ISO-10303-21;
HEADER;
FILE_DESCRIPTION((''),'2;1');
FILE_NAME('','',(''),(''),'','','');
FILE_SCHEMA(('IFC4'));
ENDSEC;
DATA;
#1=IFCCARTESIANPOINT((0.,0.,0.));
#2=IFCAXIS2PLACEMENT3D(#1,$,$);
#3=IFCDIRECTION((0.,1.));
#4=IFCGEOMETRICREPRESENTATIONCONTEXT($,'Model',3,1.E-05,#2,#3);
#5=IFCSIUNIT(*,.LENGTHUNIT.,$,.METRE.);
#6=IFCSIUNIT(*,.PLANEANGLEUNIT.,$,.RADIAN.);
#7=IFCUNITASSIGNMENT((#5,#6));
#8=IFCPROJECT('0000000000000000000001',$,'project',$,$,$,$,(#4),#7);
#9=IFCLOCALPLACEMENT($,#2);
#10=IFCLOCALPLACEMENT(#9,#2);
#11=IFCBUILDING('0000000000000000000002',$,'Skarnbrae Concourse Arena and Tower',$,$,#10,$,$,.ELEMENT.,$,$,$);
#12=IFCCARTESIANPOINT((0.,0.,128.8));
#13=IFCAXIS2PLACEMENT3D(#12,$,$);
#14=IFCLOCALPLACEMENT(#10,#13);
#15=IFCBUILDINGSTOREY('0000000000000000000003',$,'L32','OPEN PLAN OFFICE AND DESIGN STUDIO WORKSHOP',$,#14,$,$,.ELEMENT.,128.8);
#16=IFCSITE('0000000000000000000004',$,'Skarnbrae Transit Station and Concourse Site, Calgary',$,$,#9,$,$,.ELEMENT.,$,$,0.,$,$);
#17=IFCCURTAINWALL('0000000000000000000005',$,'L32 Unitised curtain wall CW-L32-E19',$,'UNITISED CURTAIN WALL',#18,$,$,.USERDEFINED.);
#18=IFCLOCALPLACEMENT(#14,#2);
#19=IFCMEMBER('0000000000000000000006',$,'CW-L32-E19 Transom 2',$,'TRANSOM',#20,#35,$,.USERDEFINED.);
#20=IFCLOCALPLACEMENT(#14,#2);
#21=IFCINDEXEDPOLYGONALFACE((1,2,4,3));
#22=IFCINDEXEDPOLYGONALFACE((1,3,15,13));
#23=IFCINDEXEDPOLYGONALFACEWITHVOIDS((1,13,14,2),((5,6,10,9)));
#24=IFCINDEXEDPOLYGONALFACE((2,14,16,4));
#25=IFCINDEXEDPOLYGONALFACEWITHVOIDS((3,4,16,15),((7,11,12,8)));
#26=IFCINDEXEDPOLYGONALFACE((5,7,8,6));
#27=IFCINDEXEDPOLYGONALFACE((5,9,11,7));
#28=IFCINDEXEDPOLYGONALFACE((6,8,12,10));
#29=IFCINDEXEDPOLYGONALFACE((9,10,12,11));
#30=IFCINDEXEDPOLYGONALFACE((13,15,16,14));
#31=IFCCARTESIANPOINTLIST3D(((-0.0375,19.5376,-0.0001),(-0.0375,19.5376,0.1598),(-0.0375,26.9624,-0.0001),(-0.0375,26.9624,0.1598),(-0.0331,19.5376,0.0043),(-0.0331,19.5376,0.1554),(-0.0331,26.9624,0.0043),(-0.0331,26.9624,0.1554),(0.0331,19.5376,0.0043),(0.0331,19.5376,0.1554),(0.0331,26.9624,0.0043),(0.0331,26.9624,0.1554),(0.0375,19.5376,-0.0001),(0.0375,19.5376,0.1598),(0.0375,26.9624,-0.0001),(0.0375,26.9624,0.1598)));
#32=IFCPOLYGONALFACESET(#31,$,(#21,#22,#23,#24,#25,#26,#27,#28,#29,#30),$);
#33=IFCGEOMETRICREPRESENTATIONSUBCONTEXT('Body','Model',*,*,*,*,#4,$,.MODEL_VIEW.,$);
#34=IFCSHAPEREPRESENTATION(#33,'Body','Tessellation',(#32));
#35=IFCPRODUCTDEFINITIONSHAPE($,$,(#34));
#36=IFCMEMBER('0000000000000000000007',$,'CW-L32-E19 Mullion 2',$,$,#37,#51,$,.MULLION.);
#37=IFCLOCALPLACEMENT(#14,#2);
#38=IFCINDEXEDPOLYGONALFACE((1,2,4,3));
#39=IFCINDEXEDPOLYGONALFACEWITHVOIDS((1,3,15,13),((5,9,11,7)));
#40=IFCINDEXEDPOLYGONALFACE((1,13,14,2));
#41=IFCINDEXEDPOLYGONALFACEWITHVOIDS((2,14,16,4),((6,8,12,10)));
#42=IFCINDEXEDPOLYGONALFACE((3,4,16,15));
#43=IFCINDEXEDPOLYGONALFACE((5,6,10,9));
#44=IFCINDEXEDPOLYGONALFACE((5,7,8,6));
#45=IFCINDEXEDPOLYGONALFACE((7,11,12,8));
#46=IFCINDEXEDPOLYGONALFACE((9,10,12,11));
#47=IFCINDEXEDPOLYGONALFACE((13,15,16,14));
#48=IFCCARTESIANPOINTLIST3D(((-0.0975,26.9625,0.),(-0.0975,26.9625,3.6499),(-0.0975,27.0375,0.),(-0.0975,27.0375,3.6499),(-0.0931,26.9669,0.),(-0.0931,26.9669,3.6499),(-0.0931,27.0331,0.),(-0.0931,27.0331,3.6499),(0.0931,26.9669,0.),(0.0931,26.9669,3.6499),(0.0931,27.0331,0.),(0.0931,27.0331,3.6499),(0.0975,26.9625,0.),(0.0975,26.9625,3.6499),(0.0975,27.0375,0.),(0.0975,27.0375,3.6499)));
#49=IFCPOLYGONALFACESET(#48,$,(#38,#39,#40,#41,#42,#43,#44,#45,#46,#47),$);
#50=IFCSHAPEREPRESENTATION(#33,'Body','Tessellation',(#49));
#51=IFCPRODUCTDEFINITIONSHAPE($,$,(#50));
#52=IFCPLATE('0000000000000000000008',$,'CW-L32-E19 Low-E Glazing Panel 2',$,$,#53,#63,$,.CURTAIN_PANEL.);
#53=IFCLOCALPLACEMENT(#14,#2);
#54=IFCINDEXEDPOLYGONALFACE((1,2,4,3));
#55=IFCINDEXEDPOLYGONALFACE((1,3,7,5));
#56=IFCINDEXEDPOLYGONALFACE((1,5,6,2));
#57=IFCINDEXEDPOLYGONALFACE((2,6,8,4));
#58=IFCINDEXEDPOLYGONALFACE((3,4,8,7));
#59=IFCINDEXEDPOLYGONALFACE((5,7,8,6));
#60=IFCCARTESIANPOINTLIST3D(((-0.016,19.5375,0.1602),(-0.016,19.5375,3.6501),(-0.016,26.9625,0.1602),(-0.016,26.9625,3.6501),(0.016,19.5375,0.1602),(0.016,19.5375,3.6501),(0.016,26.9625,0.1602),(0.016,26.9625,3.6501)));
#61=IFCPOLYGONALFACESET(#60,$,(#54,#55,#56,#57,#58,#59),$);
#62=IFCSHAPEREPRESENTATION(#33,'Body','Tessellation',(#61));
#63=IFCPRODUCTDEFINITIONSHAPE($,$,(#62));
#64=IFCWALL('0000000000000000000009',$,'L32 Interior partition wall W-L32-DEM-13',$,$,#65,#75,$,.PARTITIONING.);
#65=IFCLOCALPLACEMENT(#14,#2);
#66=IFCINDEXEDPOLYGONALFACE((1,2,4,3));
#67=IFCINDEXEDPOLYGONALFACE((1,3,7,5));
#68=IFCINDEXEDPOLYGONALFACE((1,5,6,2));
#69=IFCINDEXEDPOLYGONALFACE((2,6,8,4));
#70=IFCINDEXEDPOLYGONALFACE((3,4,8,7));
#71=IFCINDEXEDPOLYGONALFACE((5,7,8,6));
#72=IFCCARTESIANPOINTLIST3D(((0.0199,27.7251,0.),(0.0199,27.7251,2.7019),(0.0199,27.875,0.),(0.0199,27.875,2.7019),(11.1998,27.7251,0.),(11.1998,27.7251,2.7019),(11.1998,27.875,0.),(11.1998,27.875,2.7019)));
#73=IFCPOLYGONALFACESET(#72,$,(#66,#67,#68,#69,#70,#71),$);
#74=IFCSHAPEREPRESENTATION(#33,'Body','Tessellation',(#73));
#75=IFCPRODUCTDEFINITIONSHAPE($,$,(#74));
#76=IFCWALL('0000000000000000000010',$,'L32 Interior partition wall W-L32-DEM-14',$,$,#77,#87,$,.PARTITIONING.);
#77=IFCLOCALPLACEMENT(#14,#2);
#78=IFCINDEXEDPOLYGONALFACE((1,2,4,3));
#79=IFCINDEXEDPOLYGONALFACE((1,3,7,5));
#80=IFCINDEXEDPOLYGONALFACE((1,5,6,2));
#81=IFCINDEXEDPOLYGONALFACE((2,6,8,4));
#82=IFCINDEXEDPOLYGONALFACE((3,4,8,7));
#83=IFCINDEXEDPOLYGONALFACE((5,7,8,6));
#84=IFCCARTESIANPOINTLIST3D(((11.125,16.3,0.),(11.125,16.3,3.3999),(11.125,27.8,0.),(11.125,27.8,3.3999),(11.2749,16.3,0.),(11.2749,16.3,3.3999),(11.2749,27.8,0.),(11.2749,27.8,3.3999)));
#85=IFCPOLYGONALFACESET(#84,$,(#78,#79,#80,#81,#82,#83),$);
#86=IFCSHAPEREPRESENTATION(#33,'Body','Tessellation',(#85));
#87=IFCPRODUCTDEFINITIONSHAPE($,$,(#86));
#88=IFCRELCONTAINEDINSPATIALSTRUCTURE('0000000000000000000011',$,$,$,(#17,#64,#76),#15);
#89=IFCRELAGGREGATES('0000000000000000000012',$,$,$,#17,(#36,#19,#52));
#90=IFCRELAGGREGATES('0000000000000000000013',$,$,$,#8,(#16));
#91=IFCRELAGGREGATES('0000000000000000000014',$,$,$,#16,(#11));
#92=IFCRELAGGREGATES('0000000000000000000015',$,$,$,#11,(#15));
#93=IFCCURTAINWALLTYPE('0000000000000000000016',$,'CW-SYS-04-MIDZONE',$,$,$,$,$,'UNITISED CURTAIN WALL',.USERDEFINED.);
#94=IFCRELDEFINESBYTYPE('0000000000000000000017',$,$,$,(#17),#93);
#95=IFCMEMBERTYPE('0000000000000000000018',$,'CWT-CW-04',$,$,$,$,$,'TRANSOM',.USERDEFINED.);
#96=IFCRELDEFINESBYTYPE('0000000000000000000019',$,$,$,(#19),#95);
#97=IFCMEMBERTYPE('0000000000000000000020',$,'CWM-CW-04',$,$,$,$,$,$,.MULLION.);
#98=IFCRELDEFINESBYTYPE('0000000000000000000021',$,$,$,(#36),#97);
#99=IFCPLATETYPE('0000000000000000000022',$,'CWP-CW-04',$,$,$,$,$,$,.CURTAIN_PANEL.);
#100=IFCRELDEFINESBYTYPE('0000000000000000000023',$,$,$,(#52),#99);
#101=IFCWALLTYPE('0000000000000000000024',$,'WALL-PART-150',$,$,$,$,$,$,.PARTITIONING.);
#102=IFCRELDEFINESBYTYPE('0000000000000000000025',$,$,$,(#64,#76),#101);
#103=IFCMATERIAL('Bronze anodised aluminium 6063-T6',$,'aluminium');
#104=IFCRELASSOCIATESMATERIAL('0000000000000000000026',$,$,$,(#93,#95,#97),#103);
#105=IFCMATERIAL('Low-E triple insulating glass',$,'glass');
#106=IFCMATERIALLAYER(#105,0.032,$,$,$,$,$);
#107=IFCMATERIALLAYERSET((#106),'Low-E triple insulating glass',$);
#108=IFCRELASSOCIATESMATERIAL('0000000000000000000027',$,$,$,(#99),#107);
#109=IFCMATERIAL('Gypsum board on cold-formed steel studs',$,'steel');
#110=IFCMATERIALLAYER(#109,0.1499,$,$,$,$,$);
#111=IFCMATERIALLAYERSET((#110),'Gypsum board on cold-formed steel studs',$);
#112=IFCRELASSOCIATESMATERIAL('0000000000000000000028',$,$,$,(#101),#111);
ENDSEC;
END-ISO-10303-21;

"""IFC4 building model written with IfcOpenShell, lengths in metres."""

from ifc_helpers import new_model, si_unit, direction, frame, frame_2d, origin, origin_2d, place, context, subcontext, project, spatial, rectangle, hollow_rectangle, extrude, source, transform, mapped, material, layer, layer_set, material_profile, profile_set, type_object, element, aggregate, save


model = new_model("IFC4")

# Units and contexts
model_context = context("Model", 3, precision=1e-05, world=origin(), true_north=direction((0.0, 1.0)))
body_context = subcontext(model_context, "Body", "Model", "MODEL_VIEW")
ifc_project = project(units=[si_unit("LENGTHUNIT", "METRE"), si_unit("PLANEANGLEUNIT", "RADIAN")], contexts=[model_context])

# Site, building, storey
site_placement = place(None, origin())
site = spatial("IfcSite", under=ifc_project, at=site_placement, Name="Skarnbrae Transit Station and Concourse Site, Calgary", CompositionType="ELEMENT", RefElevation=0.0)
building_placement = place(site_placement, origin())
building = spatial("IfcBuilding", under=site, at=building_placement, Name="Skarnbrae Concourse Arena and Tower", CompositionType="ELEMENT")
storey_placement = place(building_placement, frame((0.0, 0.0, 128.8)))
storey = spatial("IfcBuildingStorey", under=building, at=storey_placement, Name="L32", Description="OPEN PLAN OFFICE AND DESIGN STUDIO WORKSHOP", CompositionType="ELEMENT", Elevation=128.8)

# Curtain wall, members, plate
ifc_material_1 = material(Name="Bronze anodised aluminium 6063-T6", Category="aluminium")
curtain_wall_type = type_object("IfcCurtainWallType", Name="CW-SYS-04-MIDZONE", ElementType="UNITISED CURTAIN WALL", PredefinedType="USERDEFINED", material=ifc_material_1)
curtain_wall_placement = place(storey_placement, origin())
curtain_wall = element("IfcCurtainWall", 1, at=curtain_wall_placement, inside=storey, type_object=curtain_wall_type, Name="L32 Unitised curtain wall CW-L32-E19", ObjectType="UNITISED CURTAIN WALL", PredefinedType="USERDEFINED")
ifc_material_profile_1 = material_profile(ifc_material_1, hollow_rectangle(XDim=0.075, YDim=0.1599, WallThickness=0.0044, at=origin_2d()), Name="ALU-TRAN-75X160")
ifc_profile_set_1 = profile_set([ifc_material_profile_1], Name="Bronze anodised aluminium 6063-T6")
member_type_1 = type_object("IfcMemberType", Name="CWT-CW-04", ElementType="TRANSOM", PredefinedType="USERDEFINED", material=ifc_profile_set_1)
shared_shape_1 = source(origin(), body_context, "Body", "SweptSolid", [
    extrude(hollow_rectangle(XDim=0.075, YDim=0.1599, WallThickness=0.0044, at=origin_2d()), origin(), (0.0, 0.0, 1.0), 7.4248),
])
member_1_placement = place(storey_placement, frame((0.0, 26.9624, 0.0798), z_axis=(0.0, -1.0, 0.0), x_axis=(1.0, 0.0, 0.0)))
member_1 = element("IfcMember", 2, at=member_1_placement, type_object=member_type_1, Name="CW-L32-E19 Transom 2", ObjectType="TRANSOM", PredefinedType="USERDEFINED", context=body_context, shape_type="MappedRepresentation", body=[
    mapped(shared_shape_1, transform((0.0, 0.0, 0.0))),
])
ifc_material_profile_2 = material_profile(ifc_material_1, hollow_rectangle(XDim=0.075, YDim=0.1951, WallThickness=0.0044, at=origin_2d()), Name="ALU-MULL-75X195")
ifc_profile_set_2 = profile_set([ifc_material_profile_2], Name="Bronze anodised aluminium 6063-T6")
member_type_2 = type_object("IfcMemberType", Name="CWM-CW-04", PredefinedType="MULLION", material=ifc_profile_set_2)
shared_shape_2 = source(origin(), body_context, "Body", "SweptSolid", [
    extrude(hollow_rectangle(XDim=0.075, YDim=0.1951, WallThickness=0.0044, at=origin_2d()), origin(), (0.0, 0.0, 1.0), 3.6499),
])
member_2_placement = place(storey_placement, frame((0.0, 27.0, 0.0), z_axis=(0.0, 0.0, 1.0), x_axis=(0.0, -1.0, 0.0)))
member_2 = element("IfcMember", 3, at=member_2_placement, type_object=member_type_2, Name="CW-L32-E19 Mullion 2", PredefinedType="MULLION", context=body_context, shape_type="MappedRepresentation", body=[
    mapped(shared_shape_2, transform((0.0, 0.0, 0.0))),
])
ifc_material_2 = material(Name="Low-E triple insulating glass", Category="glass")
ifc_layer_1 = layer(ifc_material_2, 0.032)
ifc_layer_set_1 = layer_set([ifc_layer_1], Name="Low-E triple insulating glass")
plate_type = type_object("IfcPlateType", Name="CWP-CW-04", PredefinedType="CURTAIN_PANEL", material=ifc_layer_set_1)
shared_shape_3 = source(origin(), body_context, "Body", "SweptSolid", [
    extrude(rectangle(XDim=7.425, YDim=0.032, at=origin_2d()), origin(), (0.0, 0.0, 1.0), 3.49),
])
plate_placement = place(storey_placement, frame((0.0, 23.25, 0.1602), z_axis=(0.0, 0.0, 1.0), x_axis=(0.0, -1.0, 0.0)))
plate = element("IfcPlate", 4, at=plate_placement, type_object=plate_type, Name="CW-L32-E19 Low-E Glazing Panel 2", PredefinedType="CURTAIN_PANEL", context=body_context, shape_type="MappedRepresentation", body=[
    mapped(shared_shape_3, transform((0.0, 0.0, 0.0))),
])
aggregate(curtain_wall, [member_2, member_1, plate])

# Walls
ifc_material_3 = material(Name="Gypsum board on cold-formed steel studs", Category="steel")
ifc_layer_2 = layer(ifc_material_3, 0.1499)
ifc_layer_set_2 = layer_set([ifc_layer_2], Name="Gypsum board on cold-formed steel studs")
wall_type = type_object("IfcWallType", Name="WALL-PART-150", PredefinedType="PARTITIONING", material=ifc_layer_set_2)
shared_shape_4 = source(origin(), body_context, "Body", "SweptSolid", [
    extrude(rectangle(XDim=11.1799, YDim=0.1499, at=frame_2d((5.5898, 0.0))), origin(), (0.0, 0.0, 1.0), 2.7019),
])
wall_1_placement = place(storey_placement, frame((0.02, 27.8, 0.0), z_axis=(0.0, 0.0, 1.0), x_axis=(1.0, 0.0, 0.0)))
element("IfcWall", 5, at=wall_1_placement, inside=storey, type_object=wall_type, Name="L32 Interior partition wall W-L32-DEM-13", PredefinedType="PARTITIONING", context=body_context, shape_type="MappedRepresentation", body=[
    mapped(shared_shape_4, transform((0.0, 0.0, 0.0))),
])
shared_shape_5 = source(origin(), body_context, "Body", "SweptSolid", [
    extrude(rectangle(XDim=11.5, YDim=0.1499, at=frame_2d((5.75, 0.0))), origin(), (0.0, 0.0, 1.0), 3.3999),
])
wall_2_placement = place(storey_placement, frame((11.2, 27.8, 0.0), z_axis=(0.0, 0.0, 1.0), x_axis=(0.0, -1.0, 0.0)))
element("IfcWall", 6, at=wall_2_placement, inside=storey, type_object=wall_type, Name="L32 Interior partition wall W-L32-DEM-14", PredefinedType="PARTITIONING", context=body_context, shape_type="MappedRepresentation", body=[
    mapped(shared_shape_5, transform((0.0, 0.0, 0.0))),
])

save(model, "model.ifc")
